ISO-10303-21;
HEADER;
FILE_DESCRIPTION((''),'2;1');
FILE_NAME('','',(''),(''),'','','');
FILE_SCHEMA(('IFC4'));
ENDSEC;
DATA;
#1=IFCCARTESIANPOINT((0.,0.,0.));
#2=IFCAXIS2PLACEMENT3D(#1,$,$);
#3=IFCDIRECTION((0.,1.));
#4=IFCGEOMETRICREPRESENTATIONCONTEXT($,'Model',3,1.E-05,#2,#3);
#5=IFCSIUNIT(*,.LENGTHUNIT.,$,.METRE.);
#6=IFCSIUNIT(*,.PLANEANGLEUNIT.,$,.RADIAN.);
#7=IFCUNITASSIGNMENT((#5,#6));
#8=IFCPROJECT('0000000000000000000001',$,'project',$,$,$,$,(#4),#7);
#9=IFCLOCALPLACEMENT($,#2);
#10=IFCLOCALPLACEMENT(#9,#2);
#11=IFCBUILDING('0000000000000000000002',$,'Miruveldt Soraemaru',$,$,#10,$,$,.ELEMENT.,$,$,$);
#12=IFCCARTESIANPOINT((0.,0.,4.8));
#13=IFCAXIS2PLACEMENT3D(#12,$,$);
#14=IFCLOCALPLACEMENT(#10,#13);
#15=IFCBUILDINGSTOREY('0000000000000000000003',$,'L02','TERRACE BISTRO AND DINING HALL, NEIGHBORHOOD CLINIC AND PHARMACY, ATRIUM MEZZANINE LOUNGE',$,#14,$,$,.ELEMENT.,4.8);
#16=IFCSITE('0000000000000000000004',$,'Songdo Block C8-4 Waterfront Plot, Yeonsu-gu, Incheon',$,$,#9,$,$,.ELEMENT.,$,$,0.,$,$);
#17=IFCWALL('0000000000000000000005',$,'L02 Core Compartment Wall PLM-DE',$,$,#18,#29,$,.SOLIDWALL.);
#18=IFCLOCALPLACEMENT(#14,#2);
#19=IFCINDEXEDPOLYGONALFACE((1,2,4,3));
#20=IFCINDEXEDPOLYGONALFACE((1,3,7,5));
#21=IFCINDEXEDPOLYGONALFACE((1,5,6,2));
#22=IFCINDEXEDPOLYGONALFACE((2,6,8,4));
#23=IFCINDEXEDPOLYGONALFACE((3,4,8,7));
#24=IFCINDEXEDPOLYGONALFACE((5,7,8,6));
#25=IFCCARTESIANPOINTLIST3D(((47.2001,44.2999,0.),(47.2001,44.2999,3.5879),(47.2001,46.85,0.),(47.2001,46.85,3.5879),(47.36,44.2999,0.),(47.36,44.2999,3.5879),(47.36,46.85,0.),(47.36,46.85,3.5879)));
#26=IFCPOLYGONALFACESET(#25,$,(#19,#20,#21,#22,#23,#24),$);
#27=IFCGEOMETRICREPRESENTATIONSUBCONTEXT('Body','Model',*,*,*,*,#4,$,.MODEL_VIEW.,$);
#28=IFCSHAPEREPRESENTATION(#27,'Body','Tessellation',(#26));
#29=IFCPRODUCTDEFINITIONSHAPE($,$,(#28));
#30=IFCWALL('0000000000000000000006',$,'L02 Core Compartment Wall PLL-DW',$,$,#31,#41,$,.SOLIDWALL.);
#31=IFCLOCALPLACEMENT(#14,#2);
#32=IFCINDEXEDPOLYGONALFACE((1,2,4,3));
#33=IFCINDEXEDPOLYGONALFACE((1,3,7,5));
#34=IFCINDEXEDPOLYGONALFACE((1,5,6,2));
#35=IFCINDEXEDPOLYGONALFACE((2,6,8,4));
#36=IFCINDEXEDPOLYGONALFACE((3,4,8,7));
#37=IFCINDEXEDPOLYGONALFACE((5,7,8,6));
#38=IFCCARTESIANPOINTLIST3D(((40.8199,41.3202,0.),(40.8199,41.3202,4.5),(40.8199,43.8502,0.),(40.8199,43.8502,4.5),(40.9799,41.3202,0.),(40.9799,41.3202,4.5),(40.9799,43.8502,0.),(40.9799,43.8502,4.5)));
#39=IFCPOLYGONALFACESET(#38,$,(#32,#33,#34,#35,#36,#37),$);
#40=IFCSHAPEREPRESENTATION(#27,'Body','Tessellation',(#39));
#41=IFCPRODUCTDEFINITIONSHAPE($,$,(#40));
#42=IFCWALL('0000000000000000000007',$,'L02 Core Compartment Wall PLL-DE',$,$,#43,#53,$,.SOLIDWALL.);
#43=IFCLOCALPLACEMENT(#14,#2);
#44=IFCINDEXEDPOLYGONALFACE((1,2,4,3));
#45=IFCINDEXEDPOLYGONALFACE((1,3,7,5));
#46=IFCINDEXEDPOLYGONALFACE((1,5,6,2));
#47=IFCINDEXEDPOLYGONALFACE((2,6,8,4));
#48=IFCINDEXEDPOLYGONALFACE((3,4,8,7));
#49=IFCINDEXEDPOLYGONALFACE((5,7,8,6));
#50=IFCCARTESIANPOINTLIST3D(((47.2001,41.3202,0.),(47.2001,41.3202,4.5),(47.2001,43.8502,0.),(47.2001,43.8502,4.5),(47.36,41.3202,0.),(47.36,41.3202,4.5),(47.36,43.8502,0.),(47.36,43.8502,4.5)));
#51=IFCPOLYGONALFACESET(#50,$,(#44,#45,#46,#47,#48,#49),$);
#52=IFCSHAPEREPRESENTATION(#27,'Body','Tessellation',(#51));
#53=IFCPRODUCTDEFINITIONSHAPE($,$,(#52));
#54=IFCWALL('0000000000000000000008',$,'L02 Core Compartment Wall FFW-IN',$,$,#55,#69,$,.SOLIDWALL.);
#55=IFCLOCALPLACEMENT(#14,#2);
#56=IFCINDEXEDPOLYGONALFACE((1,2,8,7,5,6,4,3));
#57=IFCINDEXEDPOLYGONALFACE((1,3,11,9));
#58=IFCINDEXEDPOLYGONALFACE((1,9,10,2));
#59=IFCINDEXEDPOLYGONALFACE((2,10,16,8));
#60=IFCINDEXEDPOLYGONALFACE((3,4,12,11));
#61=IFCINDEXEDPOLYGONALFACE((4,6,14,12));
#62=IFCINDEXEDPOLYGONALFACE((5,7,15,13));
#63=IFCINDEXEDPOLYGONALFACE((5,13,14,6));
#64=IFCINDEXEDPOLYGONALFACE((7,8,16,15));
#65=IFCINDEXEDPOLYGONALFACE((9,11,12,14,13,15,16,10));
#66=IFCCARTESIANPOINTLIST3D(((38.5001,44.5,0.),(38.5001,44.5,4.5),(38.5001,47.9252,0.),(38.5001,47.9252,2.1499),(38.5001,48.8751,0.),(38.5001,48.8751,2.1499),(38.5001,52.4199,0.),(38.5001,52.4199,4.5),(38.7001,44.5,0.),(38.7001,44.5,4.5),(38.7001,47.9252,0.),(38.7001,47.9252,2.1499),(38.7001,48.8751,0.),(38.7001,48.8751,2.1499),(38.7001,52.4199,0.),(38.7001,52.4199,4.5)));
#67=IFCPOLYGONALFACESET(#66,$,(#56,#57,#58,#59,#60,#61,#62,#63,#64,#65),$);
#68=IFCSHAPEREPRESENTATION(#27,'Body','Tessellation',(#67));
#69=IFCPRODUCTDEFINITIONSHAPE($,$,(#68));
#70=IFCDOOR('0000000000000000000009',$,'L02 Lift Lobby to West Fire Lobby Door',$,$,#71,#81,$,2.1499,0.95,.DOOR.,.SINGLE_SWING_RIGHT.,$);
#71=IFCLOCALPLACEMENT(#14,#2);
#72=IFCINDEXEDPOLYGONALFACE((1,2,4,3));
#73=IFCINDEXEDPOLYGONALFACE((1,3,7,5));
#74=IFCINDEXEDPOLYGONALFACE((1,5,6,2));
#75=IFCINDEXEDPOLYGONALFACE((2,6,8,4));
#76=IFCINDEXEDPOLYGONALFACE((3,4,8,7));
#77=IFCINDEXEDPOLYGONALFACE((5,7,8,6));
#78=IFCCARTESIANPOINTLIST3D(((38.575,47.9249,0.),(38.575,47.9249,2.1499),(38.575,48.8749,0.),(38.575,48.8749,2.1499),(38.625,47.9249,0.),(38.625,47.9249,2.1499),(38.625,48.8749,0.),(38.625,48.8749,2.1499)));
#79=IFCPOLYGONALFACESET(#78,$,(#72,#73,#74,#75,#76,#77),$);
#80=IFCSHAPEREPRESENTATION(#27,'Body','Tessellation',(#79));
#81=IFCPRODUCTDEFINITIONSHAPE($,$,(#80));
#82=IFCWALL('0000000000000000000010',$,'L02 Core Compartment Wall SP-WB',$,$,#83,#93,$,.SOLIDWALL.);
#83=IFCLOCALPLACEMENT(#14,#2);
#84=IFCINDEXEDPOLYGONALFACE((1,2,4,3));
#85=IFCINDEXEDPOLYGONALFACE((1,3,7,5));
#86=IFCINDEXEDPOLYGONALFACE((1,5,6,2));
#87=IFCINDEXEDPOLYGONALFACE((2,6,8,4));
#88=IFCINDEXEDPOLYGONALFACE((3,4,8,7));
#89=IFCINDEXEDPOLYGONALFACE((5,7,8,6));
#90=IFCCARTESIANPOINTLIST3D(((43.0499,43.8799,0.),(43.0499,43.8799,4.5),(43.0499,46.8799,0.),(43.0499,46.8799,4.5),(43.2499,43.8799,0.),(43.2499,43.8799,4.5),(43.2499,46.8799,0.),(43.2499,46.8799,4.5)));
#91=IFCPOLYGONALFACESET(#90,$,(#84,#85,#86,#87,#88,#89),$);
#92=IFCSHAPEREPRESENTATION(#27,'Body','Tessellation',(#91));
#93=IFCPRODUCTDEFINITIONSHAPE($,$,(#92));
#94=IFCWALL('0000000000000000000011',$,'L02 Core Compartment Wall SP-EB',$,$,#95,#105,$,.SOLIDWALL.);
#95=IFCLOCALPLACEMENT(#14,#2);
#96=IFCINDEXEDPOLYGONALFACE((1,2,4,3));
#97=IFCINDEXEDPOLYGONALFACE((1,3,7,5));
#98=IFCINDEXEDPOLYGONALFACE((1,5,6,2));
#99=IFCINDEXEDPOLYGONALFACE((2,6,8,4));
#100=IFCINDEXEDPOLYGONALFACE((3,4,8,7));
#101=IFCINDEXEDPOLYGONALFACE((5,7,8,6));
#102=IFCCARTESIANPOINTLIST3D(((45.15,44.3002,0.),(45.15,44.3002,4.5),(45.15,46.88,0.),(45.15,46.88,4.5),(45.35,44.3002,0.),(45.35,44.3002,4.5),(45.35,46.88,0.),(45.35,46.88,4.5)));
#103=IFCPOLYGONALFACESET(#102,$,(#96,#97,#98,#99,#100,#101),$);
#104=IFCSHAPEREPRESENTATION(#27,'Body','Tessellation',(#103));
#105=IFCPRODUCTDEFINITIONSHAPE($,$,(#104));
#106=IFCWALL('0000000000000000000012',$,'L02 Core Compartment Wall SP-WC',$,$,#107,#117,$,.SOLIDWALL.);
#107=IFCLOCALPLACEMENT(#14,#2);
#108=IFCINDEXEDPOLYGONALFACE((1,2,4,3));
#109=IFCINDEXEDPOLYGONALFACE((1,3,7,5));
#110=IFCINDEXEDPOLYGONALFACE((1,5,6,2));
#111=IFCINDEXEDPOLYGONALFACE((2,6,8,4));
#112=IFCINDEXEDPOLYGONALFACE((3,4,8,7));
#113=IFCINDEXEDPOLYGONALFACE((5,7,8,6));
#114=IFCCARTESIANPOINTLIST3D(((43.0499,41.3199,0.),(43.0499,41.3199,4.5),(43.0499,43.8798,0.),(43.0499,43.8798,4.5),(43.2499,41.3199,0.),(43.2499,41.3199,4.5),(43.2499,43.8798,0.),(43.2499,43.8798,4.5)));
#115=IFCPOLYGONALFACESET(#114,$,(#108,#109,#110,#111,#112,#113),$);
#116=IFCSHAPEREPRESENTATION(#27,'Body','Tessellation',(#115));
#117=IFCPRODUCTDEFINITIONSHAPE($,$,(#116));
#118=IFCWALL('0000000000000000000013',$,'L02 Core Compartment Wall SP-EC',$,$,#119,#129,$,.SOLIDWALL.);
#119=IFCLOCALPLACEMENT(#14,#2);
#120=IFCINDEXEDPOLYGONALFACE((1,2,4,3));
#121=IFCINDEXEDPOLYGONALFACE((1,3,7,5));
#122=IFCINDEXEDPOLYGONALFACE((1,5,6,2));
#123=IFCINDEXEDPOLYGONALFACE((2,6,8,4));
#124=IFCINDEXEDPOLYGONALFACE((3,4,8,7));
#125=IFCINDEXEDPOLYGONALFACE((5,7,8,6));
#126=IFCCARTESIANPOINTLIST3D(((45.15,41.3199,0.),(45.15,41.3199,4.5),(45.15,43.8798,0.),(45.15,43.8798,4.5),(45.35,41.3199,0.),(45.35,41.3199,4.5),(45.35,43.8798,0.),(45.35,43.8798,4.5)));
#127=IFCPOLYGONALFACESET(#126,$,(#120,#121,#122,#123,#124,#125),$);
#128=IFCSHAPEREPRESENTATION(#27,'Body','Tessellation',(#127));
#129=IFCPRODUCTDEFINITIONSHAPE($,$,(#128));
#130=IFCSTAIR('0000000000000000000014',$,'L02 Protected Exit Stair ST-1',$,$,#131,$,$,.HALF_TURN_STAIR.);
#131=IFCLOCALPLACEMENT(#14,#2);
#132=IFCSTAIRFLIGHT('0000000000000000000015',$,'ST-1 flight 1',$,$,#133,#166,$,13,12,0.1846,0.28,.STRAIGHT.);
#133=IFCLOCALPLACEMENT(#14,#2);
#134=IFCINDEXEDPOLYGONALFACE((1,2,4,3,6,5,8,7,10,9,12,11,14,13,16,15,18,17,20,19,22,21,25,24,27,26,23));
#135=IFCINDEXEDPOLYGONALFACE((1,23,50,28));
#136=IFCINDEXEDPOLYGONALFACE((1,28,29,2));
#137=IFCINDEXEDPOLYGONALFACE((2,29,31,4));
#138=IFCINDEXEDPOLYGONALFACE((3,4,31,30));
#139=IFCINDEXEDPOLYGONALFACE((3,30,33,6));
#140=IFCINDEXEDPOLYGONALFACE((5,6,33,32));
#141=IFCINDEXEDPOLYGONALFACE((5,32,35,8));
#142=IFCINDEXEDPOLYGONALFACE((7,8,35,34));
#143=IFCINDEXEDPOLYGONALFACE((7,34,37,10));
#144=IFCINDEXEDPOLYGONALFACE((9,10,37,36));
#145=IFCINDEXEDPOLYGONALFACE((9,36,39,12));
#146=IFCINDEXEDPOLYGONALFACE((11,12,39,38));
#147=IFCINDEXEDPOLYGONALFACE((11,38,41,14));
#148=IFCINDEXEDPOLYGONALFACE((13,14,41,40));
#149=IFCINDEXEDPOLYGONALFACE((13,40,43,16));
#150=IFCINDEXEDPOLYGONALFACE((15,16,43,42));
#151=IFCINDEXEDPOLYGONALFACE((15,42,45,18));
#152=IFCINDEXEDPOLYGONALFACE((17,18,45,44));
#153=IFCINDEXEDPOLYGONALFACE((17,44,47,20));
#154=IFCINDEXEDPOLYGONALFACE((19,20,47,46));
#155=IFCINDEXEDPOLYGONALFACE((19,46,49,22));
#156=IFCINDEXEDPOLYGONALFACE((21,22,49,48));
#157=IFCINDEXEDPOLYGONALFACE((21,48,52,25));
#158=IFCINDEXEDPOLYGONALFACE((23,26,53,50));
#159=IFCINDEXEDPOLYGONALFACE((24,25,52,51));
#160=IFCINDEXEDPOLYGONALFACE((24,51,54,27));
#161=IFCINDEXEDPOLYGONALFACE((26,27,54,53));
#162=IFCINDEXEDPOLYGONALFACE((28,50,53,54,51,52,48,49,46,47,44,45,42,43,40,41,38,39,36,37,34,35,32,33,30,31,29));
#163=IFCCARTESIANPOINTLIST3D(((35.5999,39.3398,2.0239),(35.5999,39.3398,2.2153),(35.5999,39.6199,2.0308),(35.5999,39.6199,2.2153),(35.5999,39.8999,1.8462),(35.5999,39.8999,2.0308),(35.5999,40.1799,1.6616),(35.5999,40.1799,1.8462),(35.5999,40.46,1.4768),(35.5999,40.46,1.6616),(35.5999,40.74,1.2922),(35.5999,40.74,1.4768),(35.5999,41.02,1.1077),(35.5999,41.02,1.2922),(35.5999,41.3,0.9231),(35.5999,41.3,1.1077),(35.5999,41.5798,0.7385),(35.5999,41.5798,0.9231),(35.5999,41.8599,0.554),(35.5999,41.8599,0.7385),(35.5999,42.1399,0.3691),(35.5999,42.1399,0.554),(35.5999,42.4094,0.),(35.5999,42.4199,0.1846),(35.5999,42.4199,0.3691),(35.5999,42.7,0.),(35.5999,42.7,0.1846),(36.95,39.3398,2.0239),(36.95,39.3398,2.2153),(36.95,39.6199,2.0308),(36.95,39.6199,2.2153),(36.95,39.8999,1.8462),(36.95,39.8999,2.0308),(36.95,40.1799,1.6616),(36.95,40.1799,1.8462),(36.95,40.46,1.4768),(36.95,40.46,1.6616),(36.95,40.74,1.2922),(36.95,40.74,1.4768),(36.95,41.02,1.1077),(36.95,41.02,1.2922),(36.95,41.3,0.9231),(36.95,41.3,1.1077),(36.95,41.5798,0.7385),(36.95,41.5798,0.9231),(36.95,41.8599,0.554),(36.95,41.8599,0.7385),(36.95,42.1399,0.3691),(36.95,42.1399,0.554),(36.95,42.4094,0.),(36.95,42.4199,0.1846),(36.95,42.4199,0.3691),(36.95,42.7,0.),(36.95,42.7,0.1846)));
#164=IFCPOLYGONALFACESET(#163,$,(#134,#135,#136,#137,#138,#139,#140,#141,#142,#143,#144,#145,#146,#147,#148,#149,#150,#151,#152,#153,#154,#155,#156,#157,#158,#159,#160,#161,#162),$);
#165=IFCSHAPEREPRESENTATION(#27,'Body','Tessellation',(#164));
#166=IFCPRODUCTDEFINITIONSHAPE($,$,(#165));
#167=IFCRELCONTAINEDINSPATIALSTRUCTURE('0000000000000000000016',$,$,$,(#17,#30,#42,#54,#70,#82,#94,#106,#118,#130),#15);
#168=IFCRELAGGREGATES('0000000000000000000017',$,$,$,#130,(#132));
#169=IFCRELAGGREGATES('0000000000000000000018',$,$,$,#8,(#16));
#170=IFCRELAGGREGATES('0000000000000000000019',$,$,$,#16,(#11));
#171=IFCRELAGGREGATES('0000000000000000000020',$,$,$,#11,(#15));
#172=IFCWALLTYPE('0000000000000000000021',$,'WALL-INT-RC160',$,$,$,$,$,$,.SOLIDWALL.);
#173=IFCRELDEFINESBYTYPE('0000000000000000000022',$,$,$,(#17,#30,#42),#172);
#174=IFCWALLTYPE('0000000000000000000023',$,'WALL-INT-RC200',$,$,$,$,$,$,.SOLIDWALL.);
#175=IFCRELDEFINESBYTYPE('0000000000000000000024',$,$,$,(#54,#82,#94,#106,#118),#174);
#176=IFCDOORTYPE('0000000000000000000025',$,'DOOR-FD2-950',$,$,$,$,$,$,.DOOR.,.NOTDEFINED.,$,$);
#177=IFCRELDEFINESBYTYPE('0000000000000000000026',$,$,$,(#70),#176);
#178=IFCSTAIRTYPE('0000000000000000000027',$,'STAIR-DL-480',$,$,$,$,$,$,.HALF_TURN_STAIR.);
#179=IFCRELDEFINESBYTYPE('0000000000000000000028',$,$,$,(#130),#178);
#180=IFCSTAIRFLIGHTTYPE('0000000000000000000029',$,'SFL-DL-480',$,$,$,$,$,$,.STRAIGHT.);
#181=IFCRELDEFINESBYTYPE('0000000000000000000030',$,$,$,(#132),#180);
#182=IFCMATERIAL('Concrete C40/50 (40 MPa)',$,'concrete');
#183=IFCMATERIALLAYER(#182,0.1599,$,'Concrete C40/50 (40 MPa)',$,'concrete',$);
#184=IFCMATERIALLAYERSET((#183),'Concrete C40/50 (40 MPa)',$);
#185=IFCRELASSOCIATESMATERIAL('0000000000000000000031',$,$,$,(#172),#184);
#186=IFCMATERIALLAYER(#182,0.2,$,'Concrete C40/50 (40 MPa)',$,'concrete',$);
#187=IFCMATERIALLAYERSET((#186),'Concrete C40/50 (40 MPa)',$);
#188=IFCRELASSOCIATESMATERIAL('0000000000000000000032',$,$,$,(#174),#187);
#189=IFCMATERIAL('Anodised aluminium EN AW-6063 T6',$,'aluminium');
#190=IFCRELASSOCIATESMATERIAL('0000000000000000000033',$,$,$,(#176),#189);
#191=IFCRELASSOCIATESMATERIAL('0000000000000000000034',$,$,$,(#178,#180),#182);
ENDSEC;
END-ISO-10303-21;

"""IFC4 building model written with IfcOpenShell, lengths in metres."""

from ifc_helpers import new_model, si_unit, direction, frame, frame_2d, origin, place, context, subcontext, project, spatial, polyline, rectangle, outline, extrude, material, layer, layer_set, type_object, element, fill, aggregate, save


model = new_model("IFC4")

# Units and contexts
model_context = context("Model", 3, precision=1e-05, world=origin(), true_north=direction((0.0, 1.0)))
body_context = subcontext(model_context, "Body", "Model", "MODEL_VIEW")
ifc_project = project(units=[si_unit("LENGTHUNIT", "METRE"), si_unit("PLANEANGLEUNIT", "RADIAN")], contexts=[model_context])

# Site, building, storey
site_placement = place(None, origin())
site = spatial("IfcSite", under=ifc_project, at=site_placement, Name="Songdo Block C8-4 Waterfront Plot, Yeonsu-gu, Incheon", CompositionType="ELEMENT", RefElevation=0.0)
building_placement = place(site_placement, origin())
building = spatial("IfcBuilding", under=site, at=building_placement, Name="Miruveldt Soraemaru", CompositionType="ELEMENT")
storey_placement = place(building_placement, frame((0.0, 0.0, 4.8)))
storey = spatial("IfcBuildingStorey", under=building, at=storey_placement, Name="L02", Description="TERRACE BISTRO AND DINING HALL, NEIGHBORHOOD CLINIC AND PHARMACY, ATRIUM MEZZANINE LOUNGE", CompositionType="ELEMENT", Elevation=4.8)

# Shared definitions
ifc_material_1 = material(Name="Anodised aluminium EN AW-6063 T6", Category="aluminium")

# Walls
ifc_material_2 = material(Name="Concrete C40/50 (40 MPa)", Category="concrete")
ifc_layer_1 = layer(ifc_material_2, 0.1599, Name="Concrete C40/50 (40 MPa)", Category="concrete")
ifc_layer_set_1 = layer_set([ifc_layer_1], Name="Concrete C40/50 (40 MPa)")
wall_type_1 = type_object("IfcWallType", Name="WALL-INT-RC160", PredefinedType="SOLIDWALL", material=ifc_layer_set_1)
wall_1_placement = place(storey_placement, frame((47.28, 44.3, 0.0), z_axis=(0.0, 0.0, 1.0), x_axis=(0.0, 1.0, 0.0)))
element("IfcWall", 1, at=wall_1_placement, inside=storey, type_object=wall_type_1, Name="L02 Core Compartment Wall PLM-DE", PredefinedType="SOLIDWALL", context=body_context, shape_type="SweptSolid", body=[
    extrude(rectangle(XDim=2.55, YDim=0.1599, at=frame_2d((1.2749, 0.0))), origin(), (0.0, 0.0, 1.0), 3.5879),
])
for number, where, z_axis, x_axis, name in (
    (2, (40.8999, 41.3201, 0.0), (0.0, 0.0, 1.0), (0.0, 1.0, 0.0), "L02 Core Compartment Wall PLL-DW"),
    (3, (47.28, 41.3201, 0.0), (0.0, 0.0, 1.0), (0.0, 1.0, 0.0), "L02 Core Compartment Wall PLL-DE"),
):
    element("IfcWall", number, at=place(storey_placement, frame(where, z_axis=z_axis, x_axis=x_axis)), inside=storey, type_object=wall_type_1, Name=name, PredefinedType="SOLIDWALL", context=body_context, shape_type="SweptSolid", body=[
        extrude(rectangle(XDim=2.53, YDim=0.1599, at=frame_2d((1.2651, 0.0))), origin(), (0.0, 0.0, 1.0), 4.5),
    ])

# Wall, opening, door
ifc_layer_2 = layer(ifc_material_2, 0.2, Name="Concrete C40/50 (40 MPa)", Category="concrete")
ifc_layer_set_2 = layer_set([ifc_layer_2], Name="Concrete C40/50 (40 MPa)")
wall_type_2 = type_object("IfcWallType", Name="WALL-INT-RC200", PredefinedType="SOLIDWALL", material=ifc_layer_set_2)
wall_2_placement = place(storey_placement, frame((38.6001, 44.5, 0.0), z_axis=(0.0, 0.0, 1.0), x_axis=(0.0, 1.0, 0.0)))
wall_2 = element("IfcWall", 4, at=wall_2_placement, inside=storey, type_object=wall_type_2, Name="L02 Core Compartment Wall FFW-IN", PredefinedType="SOLIDWALL", context=body_context, shape_type="SweptSolid", body=[
    extrude(rectangle(XDim=7.9199, YDim=0.2, at=frame_2d((3.96, 0.0))), origin(), (0.0, 0.0, 1.0), 4.5),
])
opening_1_placement = place(wall_2_placement, frame((3.425, 0.0, 0.0)))
opening_1 = element("IfcOpeningElement", 5, at=opening_1_placement, cuts=wall_2, PredefinedType="OPENING", context=body_context, shape_type="SweptSolid", body=[
    extrude(rectangle(XDim=0.95, YDim=2.1499, at=frame_2d((0.4751, 1.075))), frame((0.0, 0.1099, 0.0), z_axis=(0.0, -1.0, 0.0), x_axis=(1.0, 0.0, 0.0)), (0.0, 0.0, 1.0), 0.22),
])
door_type_1 = type_object("IfcDoorType", Name="DOOR-FD2-950", OperationType="NOTDEFINED", PredefinedType="DOOR", material=ifc_material_1)
door_1_placement = place(opening_1_placement, frame((0.95, 0.0, 0.0), z_axis=(0.0, 0.0, 1.0), x_axis=(-1.0, 0.0, 0.0)))
door_1 = element("IfcDoor", 6, at=door_1_placement, inside=storey, type_object=door_type_1, Name="L02 Lift Lobby to West Fire Lobby Door", OperationType="SINGLE_SWING_RIGHT", OverallHeight=2.1499, OverallWidth=0.95, PredefinedType="DOOR", context=body_context, shape_type="SweptSolid", body=[
    extrude(rectangle(XDim=0.95, YDim=2.1499, at=frame_2d((0.4751, 1.075))), frame((0.0, 0.0249, 0.0), z_axis=(0.0, -1.0, 0.0), x_axis=(1.0, 0.0, 0.0)), (0.0, 0.0, 1.0), 0.05),
])
fill(opening_1, door_1)

# Walls
wall_3_placement = place(storey_placement, frame((43.1499, 43.8799, 0.0), z_axis=(0.0, 0.0, 1.0), x_axis=(0.0, 1.0, 0.0)))
element("IfcWall", 7, at=wall_3_placement, inside=storey, type_object=wall_type_2, Name="L02 Core Compartment Wall SP-WB", PredefinedType="SOLIDWALL", context=body_context, shape_type="SweptSolid", body=[
    extrude(rectangle(XDim=3.0, YDim=0.2, at=frame_2d((1.5, 0.0))), origin(), (0.0, 0.0, 1.0), 4.5),
])
wall_4_placement = place(storey_placement, frame((45.25, 44.3, 0.0), z_axis=(0.0, 0.0, 1.0), x_axis=(0.0, 1.0, 0.0)))
element("IfcWall", 8, at=wall_4_placement, inside=storey, type_object=wall_type_2, Name="L02 Core Compartment Wall SP-EB", PredefinedType="SOLIDWALL", context=body_context, shape_type="SweptSolid", body=[
    extrude(rectangle(XDim=2.5798, YDim=0.2, at=frame_2d((1.29, 0.0))), origin(), (0.0, 0.0, 1.0), 4.5),
])
for number, where, z_axis, x_axis, name in (
    (9, (43.1499, 41.3201, 0.0), (0.0, 0.0, 1.0), (0.0, 1.0, 0.0), "L02 Core Compartment Wall SP-WC"),
    (10, (45.25, 41.3201, 0.0), (0.0, 0.0, 1.0), (0.0, 1.0, 0.0), "L02 Core Compartment Wall SP-EC"),
):
    element("IfcWall", number, at=place(storey_placement, frame(where, z_axis=z_axis, x_axis=x_axis)), inside=storey, type_object=wall_type_2, Name=name, PredefinedType="SOLIDWALL", context=body_context, shape_type="SweptSolid", body=[
        extrude(rectangle(XDim=2.5598, YDim=0.2, at=frame_2d((1.2798, 0.0))), origin(), (0.0, 0.0, 1.0), 4.5),
    ])

# Stair, stair flight
stair_type = type_object("IfcStairType", Name="STAIR-DL-480", PredefinedType="HALF_TURN_STAIR", material=ifc_material_2)
stair_placement = place(storey_placement, origin())
stair = element("IfcStair", 11, at=stair_placement, inside=storey, type_object=stair_type, Name="L02 Protected Exit Stair ST-1", PredefinedType="HALF_TURN_STAIR")
stair_flight_type = type_object("IfcStairFlightType", Name="SFL-DL-480", PredefinedType="STRAIGHT", material=ifc_material_2)
stair_flight_placement = place(storey_placement, frame((36.2749, 42.7, 0.0), z_axis=(0.0, 0.0, 1.0), x_axis=(0.0, -1.0, 0.0)))
stair_flight = element("IfcStairFlight", 12, at=stair_flight_placement, type_object=stair_flight_type, Name="ST-1 flight 1", NumberOfRisers=13, NumberOfTreads=12, PredefinedType="STRAIGHT", RiserHeight=0.1846, TreadLength=0.28, context=body_context, shape_type="SweptSolid", body=[
    extrude(outline(polyline([(0.0, 0.0), (0.0, 0.1846), (0.28, 0.1846), (0.28, 0.3691), (0.5601, 0.3691), (0.5601, 0.554), (0.8401, 0.554), (0.8401, 0.7385), (1.1201, 0.7385), (1.1201, 0.9231), (1.3999, 0.9231), (1.3999, 1.1077), (1.6799, 1.1077), (1.6799, 1.2922), (1.96, 1.2922), (1.96, 1.4768), (2.24, 1.4768), (2.24, 1.6616), (2.52, 1.6616), (2.52, 1.8462), (2.8, 1.8462), (2.8, 2.0308), (3.0801, 2.0308), (3.0801, 2.2153), (3.3601, 2.2153), (3.3601, 2.3999), (3.3601, 2.0239), (0.2905, 0.0), (0.0, 0.0)])), frame((0.0, 0.675, 0.0), z_axis=(0.0, -1.0, 0.0), x_axis=(1.0, 0.0, 0.0)), (0.0, 0.0, 1.0), 1.3501),
])
aggregate(stair, [stair_flight])

save(model, "model.ifc")
